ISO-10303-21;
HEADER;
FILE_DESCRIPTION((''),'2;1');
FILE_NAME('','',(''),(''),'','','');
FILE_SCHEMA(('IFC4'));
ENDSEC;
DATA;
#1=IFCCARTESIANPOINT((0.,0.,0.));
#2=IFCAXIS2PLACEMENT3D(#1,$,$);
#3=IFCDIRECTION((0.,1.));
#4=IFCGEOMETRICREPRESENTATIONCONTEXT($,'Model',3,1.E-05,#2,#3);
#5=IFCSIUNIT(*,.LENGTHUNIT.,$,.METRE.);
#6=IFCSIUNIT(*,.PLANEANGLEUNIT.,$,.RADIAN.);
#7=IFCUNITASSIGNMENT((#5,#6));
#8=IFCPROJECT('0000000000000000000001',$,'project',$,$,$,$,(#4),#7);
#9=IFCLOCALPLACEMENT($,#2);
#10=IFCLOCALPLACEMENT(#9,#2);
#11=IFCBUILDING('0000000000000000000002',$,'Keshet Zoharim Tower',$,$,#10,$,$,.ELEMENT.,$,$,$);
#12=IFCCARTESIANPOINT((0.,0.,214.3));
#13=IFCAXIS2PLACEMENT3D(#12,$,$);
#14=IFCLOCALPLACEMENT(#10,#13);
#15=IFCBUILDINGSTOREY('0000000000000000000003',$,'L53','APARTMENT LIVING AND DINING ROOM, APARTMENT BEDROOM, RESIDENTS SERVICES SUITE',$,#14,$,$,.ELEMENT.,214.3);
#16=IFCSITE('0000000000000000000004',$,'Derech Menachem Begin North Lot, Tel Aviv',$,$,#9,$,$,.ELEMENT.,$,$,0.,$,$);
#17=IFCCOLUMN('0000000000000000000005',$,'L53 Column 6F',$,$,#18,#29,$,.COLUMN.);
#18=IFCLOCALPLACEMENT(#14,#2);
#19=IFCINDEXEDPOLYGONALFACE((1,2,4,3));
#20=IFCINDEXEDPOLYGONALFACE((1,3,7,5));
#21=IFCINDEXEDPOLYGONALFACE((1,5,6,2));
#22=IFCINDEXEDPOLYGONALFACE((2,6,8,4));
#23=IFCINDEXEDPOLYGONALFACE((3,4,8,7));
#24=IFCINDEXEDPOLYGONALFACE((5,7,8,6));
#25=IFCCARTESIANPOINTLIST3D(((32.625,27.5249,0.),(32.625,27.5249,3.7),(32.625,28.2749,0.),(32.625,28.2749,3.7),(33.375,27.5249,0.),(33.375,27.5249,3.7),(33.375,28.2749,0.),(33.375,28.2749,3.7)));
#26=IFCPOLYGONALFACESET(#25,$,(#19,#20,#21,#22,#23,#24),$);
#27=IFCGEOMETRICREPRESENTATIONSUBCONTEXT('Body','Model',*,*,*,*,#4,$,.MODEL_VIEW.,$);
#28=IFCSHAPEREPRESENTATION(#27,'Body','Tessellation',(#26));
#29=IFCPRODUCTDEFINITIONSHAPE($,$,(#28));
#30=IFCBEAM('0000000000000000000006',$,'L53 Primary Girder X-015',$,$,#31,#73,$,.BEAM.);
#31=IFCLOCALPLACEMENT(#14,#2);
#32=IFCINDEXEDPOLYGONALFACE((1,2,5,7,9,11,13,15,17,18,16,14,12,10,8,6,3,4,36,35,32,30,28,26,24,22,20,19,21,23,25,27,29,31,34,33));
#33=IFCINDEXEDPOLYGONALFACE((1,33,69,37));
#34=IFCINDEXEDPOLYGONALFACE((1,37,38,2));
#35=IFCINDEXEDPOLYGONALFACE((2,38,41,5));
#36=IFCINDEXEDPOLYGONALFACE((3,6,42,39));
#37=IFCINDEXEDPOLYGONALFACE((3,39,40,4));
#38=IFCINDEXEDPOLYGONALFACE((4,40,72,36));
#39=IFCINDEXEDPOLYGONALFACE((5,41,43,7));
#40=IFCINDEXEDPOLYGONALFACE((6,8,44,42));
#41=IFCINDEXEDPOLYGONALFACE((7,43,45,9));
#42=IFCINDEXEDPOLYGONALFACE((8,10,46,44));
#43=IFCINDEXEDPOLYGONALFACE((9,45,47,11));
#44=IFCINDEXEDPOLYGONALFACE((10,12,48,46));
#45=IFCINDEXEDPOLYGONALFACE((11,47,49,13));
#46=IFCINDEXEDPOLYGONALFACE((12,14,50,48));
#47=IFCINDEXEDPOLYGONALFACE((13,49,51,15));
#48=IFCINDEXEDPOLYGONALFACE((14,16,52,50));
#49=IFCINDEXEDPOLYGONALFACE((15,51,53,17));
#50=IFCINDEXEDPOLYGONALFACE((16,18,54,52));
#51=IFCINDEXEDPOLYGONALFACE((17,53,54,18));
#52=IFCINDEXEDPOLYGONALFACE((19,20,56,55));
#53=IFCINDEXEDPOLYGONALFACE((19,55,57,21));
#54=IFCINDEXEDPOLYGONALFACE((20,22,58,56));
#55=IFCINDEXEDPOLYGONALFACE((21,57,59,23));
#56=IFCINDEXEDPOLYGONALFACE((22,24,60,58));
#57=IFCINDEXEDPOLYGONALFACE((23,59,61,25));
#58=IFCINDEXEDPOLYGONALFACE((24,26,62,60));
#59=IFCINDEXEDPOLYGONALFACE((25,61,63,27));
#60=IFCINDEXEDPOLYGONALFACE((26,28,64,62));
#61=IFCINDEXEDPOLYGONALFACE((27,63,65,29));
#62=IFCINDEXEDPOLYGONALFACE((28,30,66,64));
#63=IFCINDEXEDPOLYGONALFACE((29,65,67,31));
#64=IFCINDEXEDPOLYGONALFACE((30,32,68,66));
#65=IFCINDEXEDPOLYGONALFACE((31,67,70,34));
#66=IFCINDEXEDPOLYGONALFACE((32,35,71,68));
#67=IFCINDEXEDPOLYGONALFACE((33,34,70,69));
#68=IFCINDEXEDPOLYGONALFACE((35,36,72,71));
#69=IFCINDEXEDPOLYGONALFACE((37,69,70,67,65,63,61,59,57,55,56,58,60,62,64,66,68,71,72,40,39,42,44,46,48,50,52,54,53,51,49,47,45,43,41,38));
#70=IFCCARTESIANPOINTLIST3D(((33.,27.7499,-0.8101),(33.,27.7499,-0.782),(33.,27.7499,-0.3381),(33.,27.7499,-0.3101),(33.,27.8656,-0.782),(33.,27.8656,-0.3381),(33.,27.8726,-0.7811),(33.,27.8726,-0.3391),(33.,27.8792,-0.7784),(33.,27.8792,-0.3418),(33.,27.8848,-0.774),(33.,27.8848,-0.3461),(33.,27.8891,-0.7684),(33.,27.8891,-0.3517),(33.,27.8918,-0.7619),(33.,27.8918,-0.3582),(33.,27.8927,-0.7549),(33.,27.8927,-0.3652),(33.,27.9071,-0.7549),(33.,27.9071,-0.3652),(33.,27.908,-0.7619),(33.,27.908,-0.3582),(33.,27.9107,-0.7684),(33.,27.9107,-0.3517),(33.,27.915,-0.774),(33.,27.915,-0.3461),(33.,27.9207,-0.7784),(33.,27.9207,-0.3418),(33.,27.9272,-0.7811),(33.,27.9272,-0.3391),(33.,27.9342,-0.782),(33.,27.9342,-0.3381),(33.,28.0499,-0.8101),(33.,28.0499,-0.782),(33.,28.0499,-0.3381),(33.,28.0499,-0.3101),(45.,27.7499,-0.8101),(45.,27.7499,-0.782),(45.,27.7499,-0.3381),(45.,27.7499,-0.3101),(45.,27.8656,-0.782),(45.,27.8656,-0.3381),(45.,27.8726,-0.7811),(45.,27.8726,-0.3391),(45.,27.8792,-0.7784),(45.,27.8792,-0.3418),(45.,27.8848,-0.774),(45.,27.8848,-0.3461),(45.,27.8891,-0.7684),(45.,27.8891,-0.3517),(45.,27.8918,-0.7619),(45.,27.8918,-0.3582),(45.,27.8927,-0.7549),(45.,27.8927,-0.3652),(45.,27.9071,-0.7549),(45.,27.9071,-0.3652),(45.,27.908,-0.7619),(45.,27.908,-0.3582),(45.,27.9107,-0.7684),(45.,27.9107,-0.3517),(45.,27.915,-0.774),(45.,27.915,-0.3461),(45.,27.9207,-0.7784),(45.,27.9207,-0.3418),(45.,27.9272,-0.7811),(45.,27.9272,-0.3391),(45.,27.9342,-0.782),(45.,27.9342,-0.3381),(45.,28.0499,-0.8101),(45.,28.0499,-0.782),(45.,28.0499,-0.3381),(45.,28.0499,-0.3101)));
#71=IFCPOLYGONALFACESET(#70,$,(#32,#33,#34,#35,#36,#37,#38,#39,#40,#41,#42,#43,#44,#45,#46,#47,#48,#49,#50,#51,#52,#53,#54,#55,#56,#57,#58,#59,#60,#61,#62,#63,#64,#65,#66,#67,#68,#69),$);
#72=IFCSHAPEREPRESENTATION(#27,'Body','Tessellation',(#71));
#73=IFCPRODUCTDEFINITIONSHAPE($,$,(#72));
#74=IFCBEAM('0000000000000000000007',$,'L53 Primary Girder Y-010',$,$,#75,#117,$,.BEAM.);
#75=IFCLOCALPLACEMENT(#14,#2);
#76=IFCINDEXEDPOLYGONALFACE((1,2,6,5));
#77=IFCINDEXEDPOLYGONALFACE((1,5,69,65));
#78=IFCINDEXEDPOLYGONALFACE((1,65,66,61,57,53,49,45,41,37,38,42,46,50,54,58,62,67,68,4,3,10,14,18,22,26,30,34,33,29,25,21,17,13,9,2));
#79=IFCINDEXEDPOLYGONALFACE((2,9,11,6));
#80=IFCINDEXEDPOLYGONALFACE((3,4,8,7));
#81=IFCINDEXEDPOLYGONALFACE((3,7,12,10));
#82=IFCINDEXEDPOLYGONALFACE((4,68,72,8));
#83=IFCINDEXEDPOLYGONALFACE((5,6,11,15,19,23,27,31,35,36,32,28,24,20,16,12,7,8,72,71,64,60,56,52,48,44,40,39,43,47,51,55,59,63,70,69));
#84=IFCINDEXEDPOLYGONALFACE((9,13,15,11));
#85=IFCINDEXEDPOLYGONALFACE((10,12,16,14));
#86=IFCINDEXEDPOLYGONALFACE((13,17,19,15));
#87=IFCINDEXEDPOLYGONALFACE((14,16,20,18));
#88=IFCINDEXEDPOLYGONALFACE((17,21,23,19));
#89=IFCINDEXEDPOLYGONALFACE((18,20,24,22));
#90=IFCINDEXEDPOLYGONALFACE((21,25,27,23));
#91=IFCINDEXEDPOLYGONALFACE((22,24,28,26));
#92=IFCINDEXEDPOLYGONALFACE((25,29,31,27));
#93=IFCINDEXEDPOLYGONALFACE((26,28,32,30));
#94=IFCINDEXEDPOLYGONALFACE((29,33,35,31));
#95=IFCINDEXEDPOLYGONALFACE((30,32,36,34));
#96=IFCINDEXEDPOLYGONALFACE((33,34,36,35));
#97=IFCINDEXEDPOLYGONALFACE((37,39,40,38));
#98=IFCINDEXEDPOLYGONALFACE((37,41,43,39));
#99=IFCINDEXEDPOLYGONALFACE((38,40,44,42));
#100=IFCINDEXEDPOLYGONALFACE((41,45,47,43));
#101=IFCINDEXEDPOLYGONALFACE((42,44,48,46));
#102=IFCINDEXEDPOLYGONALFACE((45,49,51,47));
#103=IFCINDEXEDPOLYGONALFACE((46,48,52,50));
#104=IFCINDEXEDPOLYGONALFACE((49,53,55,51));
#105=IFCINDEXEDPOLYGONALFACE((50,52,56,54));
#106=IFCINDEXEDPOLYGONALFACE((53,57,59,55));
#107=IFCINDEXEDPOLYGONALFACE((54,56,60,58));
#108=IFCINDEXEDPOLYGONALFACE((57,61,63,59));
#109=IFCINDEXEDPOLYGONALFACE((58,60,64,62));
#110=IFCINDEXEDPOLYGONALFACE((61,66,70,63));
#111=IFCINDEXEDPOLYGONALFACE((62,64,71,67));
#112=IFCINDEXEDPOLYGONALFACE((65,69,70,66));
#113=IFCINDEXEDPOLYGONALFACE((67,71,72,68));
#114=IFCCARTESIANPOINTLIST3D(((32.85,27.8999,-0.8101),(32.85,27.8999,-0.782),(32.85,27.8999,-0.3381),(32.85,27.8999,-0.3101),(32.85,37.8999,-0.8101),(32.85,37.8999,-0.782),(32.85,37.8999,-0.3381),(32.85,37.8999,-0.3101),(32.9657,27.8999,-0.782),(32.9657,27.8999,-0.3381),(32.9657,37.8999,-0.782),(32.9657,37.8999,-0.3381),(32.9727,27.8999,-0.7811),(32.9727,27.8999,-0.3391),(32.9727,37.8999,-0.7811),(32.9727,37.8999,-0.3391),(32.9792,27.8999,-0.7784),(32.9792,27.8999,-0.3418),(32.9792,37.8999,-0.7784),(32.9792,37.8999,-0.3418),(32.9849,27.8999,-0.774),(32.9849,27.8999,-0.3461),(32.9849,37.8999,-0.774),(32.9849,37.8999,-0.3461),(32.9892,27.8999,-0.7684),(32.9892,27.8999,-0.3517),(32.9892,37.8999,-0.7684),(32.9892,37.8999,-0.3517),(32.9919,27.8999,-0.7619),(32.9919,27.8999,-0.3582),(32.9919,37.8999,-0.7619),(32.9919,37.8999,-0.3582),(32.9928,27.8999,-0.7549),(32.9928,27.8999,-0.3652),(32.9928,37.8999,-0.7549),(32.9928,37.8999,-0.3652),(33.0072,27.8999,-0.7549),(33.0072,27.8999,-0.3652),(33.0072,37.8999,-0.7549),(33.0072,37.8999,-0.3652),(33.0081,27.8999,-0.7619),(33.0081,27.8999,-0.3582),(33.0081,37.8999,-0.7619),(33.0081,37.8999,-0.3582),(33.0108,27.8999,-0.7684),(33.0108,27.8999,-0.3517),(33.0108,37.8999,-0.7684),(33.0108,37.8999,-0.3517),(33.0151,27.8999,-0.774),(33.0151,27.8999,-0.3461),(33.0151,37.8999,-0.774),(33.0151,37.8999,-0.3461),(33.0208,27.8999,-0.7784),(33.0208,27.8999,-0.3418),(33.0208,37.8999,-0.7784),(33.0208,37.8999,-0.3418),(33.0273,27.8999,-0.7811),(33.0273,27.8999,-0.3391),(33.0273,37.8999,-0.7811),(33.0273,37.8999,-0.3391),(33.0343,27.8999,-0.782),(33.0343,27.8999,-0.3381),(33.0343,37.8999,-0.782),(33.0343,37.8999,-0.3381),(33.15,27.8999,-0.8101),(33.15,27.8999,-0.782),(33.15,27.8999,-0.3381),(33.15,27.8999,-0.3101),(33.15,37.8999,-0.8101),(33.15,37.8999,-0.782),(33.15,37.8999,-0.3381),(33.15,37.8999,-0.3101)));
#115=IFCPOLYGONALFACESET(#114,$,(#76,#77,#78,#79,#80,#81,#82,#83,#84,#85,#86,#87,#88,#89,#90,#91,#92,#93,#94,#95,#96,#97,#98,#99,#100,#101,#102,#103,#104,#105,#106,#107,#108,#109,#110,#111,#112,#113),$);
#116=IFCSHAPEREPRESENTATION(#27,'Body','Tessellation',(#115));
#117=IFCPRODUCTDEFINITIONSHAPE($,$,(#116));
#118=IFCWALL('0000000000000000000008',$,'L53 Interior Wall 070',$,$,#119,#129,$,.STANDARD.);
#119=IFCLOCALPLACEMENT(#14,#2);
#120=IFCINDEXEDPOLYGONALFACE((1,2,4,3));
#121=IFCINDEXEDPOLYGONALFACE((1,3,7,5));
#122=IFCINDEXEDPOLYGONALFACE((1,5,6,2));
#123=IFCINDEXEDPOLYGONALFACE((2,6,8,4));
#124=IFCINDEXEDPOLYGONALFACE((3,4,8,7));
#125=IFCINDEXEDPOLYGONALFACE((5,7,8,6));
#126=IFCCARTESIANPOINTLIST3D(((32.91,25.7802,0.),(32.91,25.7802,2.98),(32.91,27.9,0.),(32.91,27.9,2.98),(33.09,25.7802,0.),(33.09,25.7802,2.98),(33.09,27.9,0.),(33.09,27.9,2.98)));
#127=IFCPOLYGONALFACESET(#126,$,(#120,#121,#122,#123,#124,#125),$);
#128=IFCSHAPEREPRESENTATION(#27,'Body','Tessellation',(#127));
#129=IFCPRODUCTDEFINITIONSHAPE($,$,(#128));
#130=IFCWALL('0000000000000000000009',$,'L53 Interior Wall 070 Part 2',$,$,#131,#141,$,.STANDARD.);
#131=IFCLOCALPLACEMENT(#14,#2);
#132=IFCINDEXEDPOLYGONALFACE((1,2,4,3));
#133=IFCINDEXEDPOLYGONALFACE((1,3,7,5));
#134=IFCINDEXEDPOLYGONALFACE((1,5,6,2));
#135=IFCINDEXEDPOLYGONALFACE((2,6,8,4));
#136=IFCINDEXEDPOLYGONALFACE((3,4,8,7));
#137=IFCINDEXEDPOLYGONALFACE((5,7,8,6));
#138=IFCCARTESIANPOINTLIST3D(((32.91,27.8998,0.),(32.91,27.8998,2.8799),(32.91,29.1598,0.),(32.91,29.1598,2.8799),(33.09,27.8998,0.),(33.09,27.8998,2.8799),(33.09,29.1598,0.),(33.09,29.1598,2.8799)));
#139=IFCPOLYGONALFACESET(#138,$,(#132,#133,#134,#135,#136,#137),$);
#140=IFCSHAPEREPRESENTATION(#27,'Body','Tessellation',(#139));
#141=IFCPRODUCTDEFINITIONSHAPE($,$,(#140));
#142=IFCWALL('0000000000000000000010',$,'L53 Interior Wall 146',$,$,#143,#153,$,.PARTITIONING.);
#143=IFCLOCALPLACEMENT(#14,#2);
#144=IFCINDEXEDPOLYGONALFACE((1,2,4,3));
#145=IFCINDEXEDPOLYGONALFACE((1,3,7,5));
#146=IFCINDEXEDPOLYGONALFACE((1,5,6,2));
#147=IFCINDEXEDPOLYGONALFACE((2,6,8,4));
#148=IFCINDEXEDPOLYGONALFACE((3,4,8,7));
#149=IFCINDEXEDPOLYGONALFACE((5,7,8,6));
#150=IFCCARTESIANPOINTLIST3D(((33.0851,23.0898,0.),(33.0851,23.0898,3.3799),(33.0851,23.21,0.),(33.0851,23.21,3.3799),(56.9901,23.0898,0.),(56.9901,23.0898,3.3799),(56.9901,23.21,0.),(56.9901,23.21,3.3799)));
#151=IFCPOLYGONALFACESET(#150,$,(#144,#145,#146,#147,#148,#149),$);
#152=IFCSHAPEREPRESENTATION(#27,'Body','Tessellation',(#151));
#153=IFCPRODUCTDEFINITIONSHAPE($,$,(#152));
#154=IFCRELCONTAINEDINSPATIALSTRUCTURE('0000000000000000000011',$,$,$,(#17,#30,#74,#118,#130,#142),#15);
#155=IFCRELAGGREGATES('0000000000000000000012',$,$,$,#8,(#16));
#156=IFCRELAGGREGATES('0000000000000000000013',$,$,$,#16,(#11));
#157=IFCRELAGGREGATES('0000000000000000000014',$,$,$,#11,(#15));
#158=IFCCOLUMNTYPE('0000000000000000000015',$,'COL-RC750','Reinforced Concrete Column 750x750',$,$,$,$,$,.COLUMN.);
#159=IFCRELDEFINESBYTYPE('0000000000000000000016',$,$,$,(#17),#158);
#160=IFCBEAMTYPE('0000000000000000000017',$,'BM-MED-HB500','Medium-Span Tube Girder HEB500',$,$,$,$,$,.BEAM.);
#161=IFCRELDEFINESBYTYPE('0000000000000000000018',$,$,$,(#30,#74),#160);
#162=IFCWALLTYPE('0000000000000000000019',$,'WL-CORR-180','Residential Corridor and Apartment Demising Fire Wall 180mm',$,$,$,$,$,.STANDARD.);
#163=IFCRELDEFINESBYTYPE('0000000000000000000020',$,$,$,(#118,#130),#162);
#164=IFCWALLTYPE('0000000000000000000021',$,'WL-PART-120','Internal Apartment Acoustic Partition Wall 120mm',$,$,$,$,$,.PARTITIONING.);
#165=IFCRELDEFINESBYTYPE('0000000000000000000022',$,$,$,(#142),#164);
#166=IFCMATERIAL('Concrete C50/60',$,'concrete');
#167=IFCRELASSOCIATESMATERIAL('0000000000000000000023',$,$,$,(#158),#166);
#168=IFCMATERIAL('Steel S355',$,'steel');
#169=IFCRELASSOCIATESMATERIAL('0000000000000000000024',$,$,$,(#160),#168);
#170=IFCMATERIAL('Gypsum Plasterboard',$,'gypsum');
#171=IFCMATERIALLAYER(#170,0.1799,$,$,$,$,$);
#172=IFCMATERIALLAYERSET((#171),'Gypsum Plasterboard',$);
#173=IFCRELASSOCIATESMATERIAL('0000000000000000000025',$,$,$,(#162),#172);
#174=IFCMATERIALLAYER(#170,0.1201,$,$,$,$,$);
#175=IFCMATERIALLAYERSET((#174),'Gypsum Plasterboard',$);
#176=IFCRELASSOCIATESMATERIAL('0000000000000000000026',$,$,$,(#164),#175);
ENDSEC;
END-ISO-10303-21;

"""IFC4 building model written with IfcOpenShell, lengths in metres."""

from ifc_helpers import new_model, si_unit, direction, frame, frame_2d, origin, origin_2d, place, context, subcontext, project, spatial, rectangle, i_section, extrude, material, layer, layer_set, material_profile, profile_set, type_object, element, save


model = new_model("IFC4")

# Units and contexts
model_context = context("Model", 3, precision=1e-05, world=origin(), true_north=direction((0.0, 1.0)))
body_context = subcontext(model_context, "Body", "Model", "MODEL_VIEW")
ifc_project = project(units=[si_unit("LENGTHUNIT", "METRE"), si_unit("PLANEANGLEUNIT", "RADIAN")], contexts=[model_context])

# Site, building, storey
site_placement = place(None, origin())
site = spatial("IfcSite", under=ifc_project, at=site_placement, Name="Derech Menachem Begin North Lot, Tel Aviv", CompositionType="ELEMENT", RefElevation=0.0)
building_placement = place(site_placement, origin())
building = spatial("IfcBuilding", under=site, at=building_placement, Name="Keshet Zoharim Tower", CompositionType="ELEMENT")
storey_placement = place(building_placement, frame((0.0, 0.0, 214.3)))
storey = spatial("IfcBuildingStorey", under=building, at=storey_placement, Name="L53", Description="APARTMENT LIVING AND DINING ROOM, APARTMENT BEDROOM, RESIDENTS SERVICES SUITE", CompositionType="ELEMENT", Elevation=214.3)

# Column
ifc_material_1 = material(Name="Concrete C50/60", Category="concrete")
ifc_material_profile_1 = material_profile(ifc_material_1, rectangle(XDim=0.75, YDim=0.75, at=origin_2d()), Name="RC750x750")
ifc_profile_set_1 = profile_set([ifc_material_profile_1], Name="Concrete C50/60")
column_type = type_object("IfcColumnType", Name="COL-RC750", Description="Reinforced Concrete Column 750x750", PredefinedType="COLUMN", material=ifc_profile_set_1)
column_placement = place(storey_placement, frame((33.0, 27.8999, 0.0), z_axis=(0.0, 0.0, 1.0), x_axis=(1.0, 0.0, 0.0)))
element("IfcColumn", 1, at=column_placement, inside=storey, type_object=column_type, Name="L53 Column 6F", PredefinedType="COLUMN", context=body_context, shape_type="SweptSolid", body=[
    extrude(rectangle(XDim=0.75, YDim=0.75, at=origin_2d()), origin(), (0.0, 0.0, 1.0), 3.7),
])

# Beams
ifc_material_2 = material(Name="Steel S355", Category="steel")
ifc_material_profile_2 = material_profile(ifc_material_2, i_section(OverallWidth=0.3, OverallDepth=0.5, WebThickness=0.0144, FlangeThickness=0.0281, FilletRadius=0.0271, at=origin_2d()), Name="HEB500")
ifc_profile_set_2 = profile_set([ifc_material_profile_2], Name="Steel S355")
beam_type = type_object("IfcBeamType", Name="BM-MED-HB500", Description="Medium-Span Tube Girder HEB500", PredefinedType="BEAM", material=ifc_profile_set_2)
beam_1_placement = place(storey_placement, frame((33.0, 27.8999, -0.5601), z_axis=(1.0, 0.0, 0.0), x_axis=(0.0, 1.0, 0.0)))
element("IfcBeam", 2, at=beam_1_placement, inside=storey, type_object=beam_type, Name="L53 Primary Girder X-015", PredefinedType="BEAM", context=body_context, shape_type="SweptSolid", body=[
    extrude(i_section(OverallWidth=0.3, OverallDepth=0.5, WebThickness=0.0144, FlangeThickness=0.0281, FilletRadius=0.0271, at=origin_2d()), origin(), (0.0, 0.0, 1.0), 12.0),
])
beam_2_placement = place(storey_placement, frame((33.0, 27.8999, -0.5601), z_axis=(0.0, 1.0, 0.0), x_axis=(-1.0, 0.0, 0.0)))
element("IfcBeam", 3, at=beam_2_placement, inside=storey, type_object=beam_type, Name="L53 Primary Girder Y-010", PredefinedType="BEAM", context=body_context, shape_type="SweptSolid", body=[
    extrude(i_section(OverallWidth=0.3, OverallDepth=0.5, WebThickness=0.0144, FlangeThickness=0.0281, FilletRadius=0.0271, at=origin_2d()), origin(), (0.0, 0.0, 1.0), 10.0),
])

# Walls
ifc_material_3 = material(Name="Gypsum Plasterboard", Category="gypsum")
ifc_layer_1 = layer(ifc_material_3, 0.1799)
ifc_layer_set_1 = layer_set([ifc_layer_1], Name="Gypsum Plasterboard")
wall_type_1 = type_object("IfcWallType", Name="WL-CORR-180", Description="Residential Corridor and Apartment Demising Fire Wall 180mm", PredefinedType="STANDARD", material=ifc_layer_set_1)
wall_1_placement = place(storey_placement, frame((33.0, 25.78, 0.0), z_axis=(0.0, 0.0, 1.0), x_axis=(0.0, 1.0, 0.0)))
element("IfcWall", 4, at=wall_1_placement, inside=storey, type_object=wall_type_1, Name="L53 Interior Wall 070", PredefinedType="STANDARD", context=body_context, shape_type="SweptSolid", body=[
    extrude(rectangle(XDim=2.1199, YDim=0.1799, at=frame_2d((1.0601, 0.0))), origin(), (0.0, 0.0, 1.0), 2.98),
])
wall_2_placement = place(storey_placement, frame((33.0, 27.8999, 0.0), z_axis=(0.0, 0.0, 1.0), x_axis=(0.0, 1.0, 0.0)))
element("IfcWall", 5, at=wall_2_placement, inside=storey, type_object=wall_type_1, Name="L53 Interior Wall 070 Part 2", PredefinedType="STANDARD", context=body_context, shape_type="SweptSolid", body=[
    extrude(rectangle(XDim=1.26, YDim=0.1799, at=frame_2d((0.6299, 0.0))), origin(), (0.0, 0.0, 1.0), 2.8799),
])
ifc_layer_2 = layer(ifc_material_3, 0.1201)
ifc_layer_set_2 = layer_set([ifc_layer_2], Name="Gypsum Plasterboard")
wall_type_2 = type_object("IfcWallType", Name="WL-PART-120", Description="Internal Apartment Acoustic Partition Wall 120mm", PredefinedType="PARTITIONING", material=ifc_layer_set_2)
wall_3_placement = place(storey_placement, frame((33.085, 23.1499, 0.0), z_axis=(0.0, 0.0, 1.0), x_axis=(1.0, 0.0, 0.0)))
element("IfcWall", 6, at=wall_3_placement, inside=storey, type_object=wall_type_2, Name="L53 Interior Wall 146", PredefinedType="PARTITIONING", context=body_context, shape_type="SweptSolid", body=[
    extrude(rectangle(XDim=23.905, YDim=0.1201, at=frame_2d((11.9526, 0.0))), origin(), (0.0, 0.0, 1.0), 3.3799),
])

save(model, "model.ifc")
